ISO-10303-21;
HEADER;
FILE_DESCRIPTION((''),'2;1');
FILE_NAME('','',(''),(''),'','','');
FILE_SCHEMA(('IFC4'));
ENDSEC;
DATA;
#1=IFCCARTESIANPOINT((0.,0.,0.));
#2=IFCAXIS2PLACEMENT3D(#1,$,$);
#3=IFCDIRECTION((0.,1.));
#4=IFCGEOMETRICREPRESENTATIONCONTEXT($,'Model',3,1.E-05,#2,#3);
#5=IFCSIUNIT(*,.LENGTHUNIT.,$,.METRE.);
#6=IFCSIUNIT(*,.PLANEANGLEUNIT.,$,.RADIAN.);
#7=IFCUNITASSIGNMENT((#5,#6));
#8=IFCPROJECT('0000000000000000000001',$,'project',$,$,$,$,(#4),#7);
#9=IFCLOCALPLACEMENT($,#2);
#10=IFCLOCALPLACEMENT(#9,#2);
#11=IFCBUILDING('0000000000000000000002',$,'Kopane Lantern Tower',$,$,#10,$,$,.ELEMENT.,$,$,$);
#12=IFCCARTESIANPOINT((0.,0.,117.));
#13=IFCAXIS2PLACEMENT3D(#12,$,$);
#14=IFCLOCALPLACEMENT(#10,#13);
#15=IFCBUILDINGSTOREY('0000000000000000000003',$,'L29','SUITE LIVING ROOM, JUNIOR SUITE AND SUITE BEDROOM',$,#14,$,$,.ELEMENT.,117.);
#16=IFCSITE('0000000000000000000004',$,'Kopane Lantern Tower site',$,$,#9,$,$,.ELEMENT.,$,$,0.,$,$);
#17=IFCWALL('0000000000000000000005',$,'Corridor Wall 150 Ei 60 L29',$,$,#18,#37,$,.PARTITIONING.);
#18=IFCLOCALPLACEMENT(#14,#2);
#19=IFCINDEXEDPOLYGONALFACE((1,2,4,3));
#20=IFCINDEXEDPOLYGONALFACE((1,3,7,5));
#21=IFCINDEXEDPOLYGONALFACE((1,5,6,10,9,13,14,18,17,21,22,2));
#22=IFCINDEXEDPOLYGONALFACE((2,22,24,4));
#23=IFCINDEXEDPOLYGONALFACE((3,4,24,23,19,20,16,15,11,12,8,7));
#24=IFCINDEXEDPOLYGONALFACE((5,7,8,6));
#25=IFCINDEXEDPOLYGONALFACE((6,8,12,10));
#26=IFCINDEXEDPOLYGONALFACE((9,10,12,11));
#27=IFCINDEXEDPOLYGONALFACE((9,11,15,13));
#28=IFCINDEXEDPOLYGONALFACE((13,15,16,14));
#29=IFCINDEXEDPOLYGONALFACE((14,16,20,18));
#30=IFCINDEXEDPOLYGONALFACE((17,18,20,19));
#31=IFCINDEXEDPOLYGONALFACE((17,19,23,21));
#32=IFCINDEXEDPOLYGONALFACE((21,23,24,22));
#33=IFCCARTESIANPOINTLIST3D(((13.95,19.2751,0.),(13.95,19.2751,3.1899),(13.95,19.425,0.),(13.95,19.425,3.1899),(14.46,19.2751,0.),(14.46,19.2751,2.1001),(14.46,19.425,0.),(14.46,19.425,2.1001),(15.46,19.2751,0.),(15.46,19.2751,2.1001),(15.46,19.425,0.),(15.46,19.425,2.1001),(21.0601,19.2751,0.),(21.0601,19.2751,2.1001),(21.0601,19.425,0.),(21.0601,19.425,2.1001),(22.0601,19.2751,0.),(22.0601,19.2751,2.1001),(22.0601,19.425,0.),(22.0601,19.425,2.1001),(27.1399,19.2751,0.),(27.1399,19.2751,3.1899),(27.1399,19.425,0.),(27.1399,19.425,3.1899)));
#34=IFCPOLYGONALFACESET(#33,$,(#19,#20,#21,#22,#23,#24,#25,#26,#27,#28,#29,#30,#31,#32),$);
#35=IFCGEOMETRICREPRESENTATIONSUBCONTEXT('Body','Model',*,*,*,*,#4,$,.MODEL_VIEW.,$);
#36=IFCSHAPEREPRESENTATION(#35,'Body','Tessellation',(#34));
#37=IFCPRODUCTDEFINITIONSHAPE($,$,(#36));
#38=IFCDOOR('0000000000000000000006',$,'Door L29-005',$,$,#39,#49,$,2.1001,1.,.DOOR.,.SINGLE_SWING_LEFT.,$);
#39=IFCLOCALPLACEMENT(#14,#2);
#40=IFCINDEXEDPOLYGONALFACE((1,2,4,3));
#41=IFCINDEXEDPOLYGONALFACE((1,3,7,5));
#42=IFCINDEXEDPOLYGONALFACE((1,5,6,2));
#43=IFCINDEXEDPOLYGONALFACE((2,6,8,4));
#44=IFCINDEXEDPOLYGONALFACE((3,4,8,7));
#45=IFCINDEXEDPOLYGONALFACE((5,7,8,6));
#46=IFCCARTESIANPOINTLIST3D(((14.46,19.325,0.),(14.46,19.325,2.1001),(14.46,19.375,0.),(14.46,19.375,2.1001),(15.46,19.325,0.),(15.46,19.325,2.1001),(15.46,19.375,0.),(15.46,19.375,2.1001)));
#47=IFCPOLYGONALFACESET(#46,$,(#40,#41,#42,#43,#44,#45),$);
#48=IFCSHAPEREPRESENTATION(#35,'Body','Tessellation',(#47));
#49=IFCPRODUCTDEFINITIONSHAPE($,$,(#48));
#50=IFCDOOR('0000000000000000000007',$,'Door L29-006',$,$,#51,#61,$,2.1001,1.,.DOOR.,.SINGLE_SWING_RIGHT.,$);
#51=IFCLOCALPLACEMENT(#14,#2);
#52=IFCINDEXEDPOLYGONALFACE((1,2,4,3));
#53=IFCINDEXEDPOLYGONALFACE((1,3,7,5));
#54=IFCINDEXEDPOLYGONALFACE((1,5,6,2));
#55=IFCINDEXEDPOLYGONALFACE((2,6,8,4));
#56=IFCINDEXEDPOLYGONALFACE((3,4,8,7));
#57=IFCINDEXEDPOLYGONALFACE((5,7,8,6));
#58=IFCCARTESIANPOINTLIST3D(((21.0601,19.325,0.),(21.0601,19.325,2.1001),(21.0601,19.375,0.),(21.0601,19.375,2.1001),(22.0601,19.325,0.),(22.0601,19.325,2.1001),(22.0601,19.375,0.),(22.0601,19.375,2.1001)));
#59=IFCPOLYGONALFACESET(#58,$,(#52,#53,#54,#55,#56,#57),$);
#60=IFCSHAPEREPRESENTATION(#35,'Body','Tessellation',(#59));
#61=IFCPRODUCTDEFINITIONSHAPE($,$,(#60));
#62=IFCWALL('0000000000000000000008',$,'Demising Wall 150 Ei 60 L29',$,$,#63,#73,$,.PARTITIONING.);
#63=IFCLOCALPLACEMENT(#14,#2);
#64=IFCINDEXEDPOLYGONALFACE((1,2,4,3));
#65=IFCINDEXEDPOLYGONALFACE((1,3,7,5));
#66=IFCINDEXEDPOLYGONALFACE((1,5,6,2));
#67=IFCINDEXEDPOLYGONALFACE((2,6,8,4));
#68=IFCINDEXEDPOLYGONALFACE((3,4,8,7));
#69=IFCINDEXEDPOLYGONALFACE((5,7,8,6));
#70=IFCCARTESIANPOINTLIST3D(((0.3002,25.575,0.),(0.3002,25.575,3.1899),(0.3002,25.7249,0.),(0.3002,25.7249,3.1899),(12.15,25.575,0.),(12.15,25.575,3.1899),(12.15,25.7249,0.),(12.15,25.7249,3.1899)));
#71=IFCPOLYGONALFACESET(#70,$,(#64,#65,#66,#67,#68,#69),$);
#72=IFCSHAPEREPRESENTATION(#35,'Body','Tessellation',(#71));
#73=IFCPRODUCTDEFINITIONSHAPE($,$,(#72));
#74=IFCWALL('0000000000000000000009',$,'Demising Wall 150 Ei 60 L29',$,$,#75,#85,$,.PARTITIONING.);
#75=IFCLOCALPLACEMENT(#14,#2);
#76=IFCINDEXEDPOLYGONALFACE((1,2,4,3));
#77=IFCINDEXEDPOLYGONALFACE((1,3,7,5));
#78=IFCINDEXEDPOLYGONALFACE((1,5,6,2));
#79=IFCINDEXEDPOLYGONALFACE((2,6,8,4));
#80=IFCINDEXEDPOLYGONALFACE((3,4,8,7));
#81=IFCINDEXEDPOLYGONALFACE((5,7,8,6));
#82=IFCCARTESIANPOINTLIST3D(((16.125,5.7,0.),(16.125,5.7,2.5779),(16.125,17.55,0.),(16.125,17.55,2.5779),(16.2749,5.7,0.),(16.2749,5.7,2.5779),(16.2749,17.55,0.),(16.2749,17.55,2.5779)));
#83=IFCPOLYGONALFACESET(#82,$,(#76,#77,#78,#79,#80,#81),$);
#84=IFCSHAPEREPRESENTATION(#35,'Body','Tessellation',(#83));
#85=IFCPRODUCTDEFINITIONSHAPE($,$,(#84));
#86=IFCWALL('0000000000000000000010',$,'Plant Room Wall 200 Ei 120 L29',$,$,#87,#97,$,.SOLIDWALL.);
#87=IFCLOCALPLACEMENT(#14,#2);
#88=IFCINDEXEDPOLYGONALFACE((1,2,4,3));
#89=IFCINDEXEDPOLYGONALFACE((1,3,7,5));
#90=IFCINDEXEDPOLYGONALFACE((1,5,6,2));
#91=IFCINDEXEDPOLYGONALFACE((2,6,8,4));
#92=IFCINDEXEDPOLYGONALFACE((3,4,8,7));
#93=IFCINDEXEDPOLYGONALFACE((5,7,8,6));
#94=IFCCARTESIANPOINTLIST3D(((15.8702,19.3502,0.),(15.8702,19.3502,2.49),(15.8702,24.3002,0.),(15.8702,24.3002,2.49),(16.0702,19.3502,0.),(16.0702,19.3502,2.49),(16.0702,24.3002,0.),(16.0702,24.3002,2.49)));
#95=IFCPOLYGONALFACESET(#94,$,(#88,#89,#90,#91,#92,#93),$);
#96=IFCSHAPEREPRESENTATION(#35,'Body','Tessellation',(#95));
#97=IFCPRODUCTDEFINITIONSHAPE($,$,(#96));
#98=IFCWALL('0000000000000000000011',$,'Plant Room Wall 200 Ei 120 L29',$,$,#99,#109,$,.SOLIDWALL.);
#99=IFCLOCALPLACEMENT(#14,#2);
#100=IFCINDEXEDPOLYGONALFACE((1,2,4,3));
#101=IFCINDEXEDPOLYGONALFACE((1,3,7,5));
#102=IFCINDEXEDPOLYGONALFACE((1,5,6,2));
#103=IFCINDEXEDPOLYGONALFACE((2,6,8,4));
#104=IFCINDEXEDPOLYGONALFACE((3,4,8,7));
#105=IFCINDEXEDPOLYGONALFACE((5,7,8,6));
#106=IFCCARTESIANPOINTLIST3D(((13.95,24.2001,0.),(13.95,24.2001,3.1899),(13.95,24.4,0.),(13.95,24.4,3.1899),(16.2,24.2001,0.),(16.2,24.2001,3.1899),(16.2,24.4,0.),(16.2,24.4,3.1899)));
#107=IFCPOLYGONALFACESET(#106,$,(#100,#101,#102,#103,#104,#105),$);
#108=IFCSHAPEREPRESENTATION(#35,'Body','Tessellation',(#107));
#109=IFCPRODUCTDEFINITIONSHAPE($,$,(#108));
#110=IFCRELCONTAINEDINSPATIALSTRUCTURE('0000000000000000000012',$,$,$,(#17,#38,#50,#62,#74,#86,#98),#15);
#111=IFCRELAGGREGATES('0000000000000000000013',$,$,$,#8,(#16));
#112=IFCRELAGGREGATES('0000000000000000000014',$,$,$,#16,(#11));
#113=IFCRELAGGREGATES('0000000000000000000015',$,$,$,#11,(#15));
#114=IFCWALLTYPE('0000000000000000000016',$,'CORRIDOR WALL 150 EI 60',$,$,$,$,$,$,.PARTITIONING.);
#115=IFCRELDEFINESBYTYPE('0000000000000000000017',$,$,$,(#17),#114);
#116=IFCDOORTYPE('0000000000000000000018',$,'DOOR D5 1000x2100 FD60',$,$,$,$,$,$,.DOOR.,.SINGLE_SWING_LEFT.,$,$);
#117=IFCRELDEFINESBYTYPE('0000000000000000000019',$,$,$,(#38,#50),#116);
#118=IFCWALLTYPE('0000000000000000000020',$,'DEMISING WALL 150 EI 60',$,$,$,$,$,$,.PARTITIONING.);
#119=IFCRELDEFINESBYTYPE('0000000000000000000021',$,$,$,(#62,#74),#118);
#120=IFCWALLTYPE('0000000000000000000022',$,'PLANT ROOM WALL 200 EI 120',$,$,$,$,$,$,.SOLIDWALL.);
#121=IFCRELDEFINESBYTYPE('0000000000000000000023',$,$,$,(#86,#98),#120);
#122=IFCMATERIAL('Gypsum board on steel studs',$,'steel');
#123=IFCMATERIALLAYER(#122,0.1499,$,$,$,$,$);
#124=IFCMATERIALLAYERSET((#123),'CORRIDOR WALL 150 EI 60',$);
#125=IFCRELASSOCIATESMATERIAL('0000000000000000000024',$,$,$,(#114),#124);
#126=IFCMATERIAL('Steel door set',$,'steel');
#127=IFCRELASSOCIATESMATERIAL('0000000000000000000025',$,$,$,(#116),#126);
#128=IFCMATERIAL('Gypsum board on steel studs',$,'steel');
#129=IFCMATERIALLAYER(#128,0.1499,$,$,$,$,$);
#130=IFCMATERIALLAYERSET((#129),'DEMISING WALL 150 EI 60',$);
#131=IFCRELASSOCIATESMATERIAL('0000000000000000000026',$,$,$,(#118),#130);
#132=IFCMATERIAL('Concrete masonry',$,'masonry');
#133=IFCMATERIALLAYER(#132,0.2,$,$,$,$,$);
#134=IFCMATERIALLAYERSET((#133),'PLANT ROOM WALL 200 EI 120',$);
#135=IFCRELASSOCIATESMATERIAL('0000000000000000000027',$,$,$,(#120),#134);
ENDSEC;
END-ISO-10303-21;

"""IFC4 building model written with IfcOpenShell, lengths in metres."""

from ifc_helpers import new_model, si_unit, direction, frame, frame_2d, origin, place, context, subcontext, project, spatial, rectangle, extrude, material, layer, layer_set, type_object, element, fill, save


model = new_model("IFC4")

# Units and contexts
model_context = context("Model", 3, precision=1e-05, world=origin(), true_north=direction((0.0, 1.0)))
body_context = subcontext(model_context, "Body", "Model", "MODEL_VIEW")
ifc_project = project(units=[si_unit("LENGTHUNIT", "METRE"), si_unit("PLANEANGLEUNIT", "RADIAN")], contexts=[model_context])

# Site, building, storey
site_placement = place(None, origin())
site = spatial("IfcSite", under=ifc_project, at=site_placement, Name="Kopane Lantern Tower site", CompositionType="ELEMENT", RefElevation=0.0)
building_placement = place(site_placement, origin())
building = spatial("IfcBuilding", under=site, at=building_placement, Name="Kopane Lantern Tower", CompositionType="ELEMENT")
storey_placement = place(building_placement, frame((0.0, 0.0, 117.0)))
storey = spatial("IfcBuildingStorey", under=building, at=storey_placement, Name="L29", Description="SUITE LIVING ROOM, JUNIOR SUITE AND SUITE BEDROOM", CompositionType="ELEMENT", Elevation=117.0)

# Wall, openings, doors
ifc_material_1 = material(Name="Gypsum board on steel studs", Category="steel")
ifc_layer_1 = layer(ifc_material_1, 0.1499)
ifc_layer_set_1 = layer_set([ifc_layer_1], Name="CORRIDOR WALL 150 EI 60")
wall_type_1 = type_object("IfcWallType", Name="CORRIDOR WALL 150 EI 60", PredefinedType="PARTITIONING", material=ifc_layer_set_1)
wall_1_placement = place(storey_placement, frame((13.95, 19.3501, 0.0), z_axis=(0.0, 0.0, 1.0), x_axis=(1.0, 0.0, 0.0)))
wall_1 = element("IfcWall", 1, at=wall_1_placement, inside=storey, type_object=wall_type_1, Name="Corridor Wall 150 Ei 60 L29", PredefinedType="PARTITIONING", context=body_context, shape_type="SweptSolid", body=[
    extrude(rectangle(XDim=13.1899, YDim=0.1499, at=frame_2d((6.595, 0.0))), origin(), (0.0, 0.0, 1.0), 3.1899),
])
opening_1_placement = place(wall_1_placement, frame((0.51, 0.0, 0.0)))
opening_1 = element("IfcOpeningElement", 2, at=opening_1_placement, cuts=wall_1, PredefinedType="OPENING", context=body_context, shape_type="SweptSolid", body=[
    extrude(rectangle(XDim=1.0, YDim=2.1001, at=frame_2d((0.5, 1.05))), frame((0.0, 0.085, 0.0), z_axis=(0.0, -1.0, 0.0), x_axis=(1.0, 0.0, 0.0)), (0.0, 0.0, 1.0), 0.1699),
])
opening_2_placement = place(wall_1_placement, frame((7.1101, 0.0, 0.0)))
opening_2 = element("IfcOpeningElement", 3, at=opening_2_placement, cuts=wall_1, PredefinedType="OPENING", context=body_context, shape_type="SweptSolid", body=[
    extrude(rectangle(XDim=1.0, YDim=2.1001, at=frame_2d((0.5, 1.05))), frame((0.0, 0.085, 0.0), z_axis=(0.0, -1.0, 0.0), x_axis=(1.0, 0.0, 0.0)), (0.0, 0.0, 1.0), 0.1699),
])
ifc_material_2 = material(Name="Steel door set", Category="steel")
door_type_1 = type_object("IfcDoorType", Name="DOOR D5 1000x2100 FD60", OperationType="SINGLE_SWING_LEFT", PredefinedType="DOOR", material=ifc_material_2)
door_1_placement = place(opening_1_placement, origin())
door_1 = element("IfcDoor", 4, at=door_1_placement, inside=storey, type_object=door_type_1, Name="Door L29-005", OperationType="SINGLE_SWING_LEFT", OverallHeight=2.1001, OverallWidth=1.0, PredefinedType="DOOR", context=body_context, shape_type="SweptSolid", body=[
    extrude(rectangle(XDim=1.0, YDim=2.1001, at=frame_2d((0.5, 1.05))), frame((0.0, 0.0249, 0.0), z_axis=(0.0, -1.0, 0.0), x_axis=(1.0, 0.0, 0.0)), (0.0, 0.0, 1.0), 0.05),
])
fill(opening_1, door_1)
door_2_placement = place(opening_2_placement, origin())
door_2 = element("IfcDoor", 5, at=door_2_placement, inside=storey, type_object=door_type_1, Name="Door L29-006", OperationType="SINGLE_SWING_RIGHT", OverallHeight=2.1001, OverallWidth=1.0, PredefinedType="DOOR", context=body_context, shape_type="SweptSolid", body=[
    extrude(rectangle(XDim=1.0, YDim=2.1001, at=frame_2d((0.5, 1.05))), frame((0.0, 0.0249, 0.0), z_axis=(0.0, -1.0, 0.0), x_axis=(1.0, 0.0, 0.0)), (0.0, 0.0, 1.0), 0.05),
])
fill(opening_2, door_2)

# Walls
ifc_material_3 = material(Name="Gypsum board on steel studs", Category="steel")
ifc_layer_2 = layer(ifc_material_3, 0.1499)
ifc_layer_set_2 = layer_set([ifc_layer_2], Name="DEMISING WALL 150 EI 60")
wall_type_2 = type_object("IfcWallType", Name="DEMISING WALL 150 EI 60", PredefinedType="PARTITIONING", material=ifc_layer_set_2)
wall_2_placement = place(storey_placement, frame((12.1499, 25.6499, 0.0), z_axis=(0.0, 0.0, 1.0), x_axis=(-1.0, 0.0, 0.0)))
element("IfcWall", 6, at=wall_2_placement, inside=storey, type_object=wall_type_2, Name="Demising Wall 150 Ei 60 L29", PredefinedType="PARTITIONING", context=body_context, shape_type="SweptSolid", body=[
    extrude(rectangle(XDim=11.8499, YDim=0.1499, at=frame_2d((5.9248, 0.0))), origin(), (0.0, 0.0, 1.0), 3.1899),
])
wall_3_placement = place(storey_placement, frame((16.2, 17.55, 0.0), z_axis=(0.0, 0.0, 1.0), x_axis=(0.0, -1.0, 0.0)))
element("IfcWall", 7, at=wall_3_placement, inside=storey, type_object=wall_type_2, Name="Demising Wall 150 Ei 60 L29", PredefinedType="PARTITIONING", context=body_context, shape_type="SweptSolid", body=[
    extrude(rectangle(XDim=11.8501, YDim=0.1499, at=frame_2d((5.925, 0.0))), origin(), (0.0, 0.0, 1.0), 2.5779),
])
ifc_material_4 = material(Name="Concrete masonry", Category="masonry")
ifc_layer_3 = layer(ifc_material_4, 0.2)
ifc_layer_set_3 = layer_set([ifc_layer_3], Name="PLANT ROOM WALL 200 EI 120")
wall_type_3 = type_object("IfcWallType", Name="PLANT ROOM WALL 200 EI 120", PredefinedType="SOLIDWALL", material=ifc_layer_set_3)
wall_4_placement = place(storey_placement, frame((15.9702, 19.3501, 0.0), z_axis=(0.0, 0.0, 1.0), x_axis=(0.0, 1.0, 0.0)))
element("IfcWall", 8, at=wall_4_placement, inside=storey, type_object=wall_type_3, Name="Plant Room Wall 200 Ei 120 L29", PredefinedType="SOLIDWALL", context=body_context, shape_type="SweptSolid", body=[
    extrude(rectangle(XDim=4.95, YDim=0.2, at=frame_2d((2.4751, 0.0))), origin(), (0.0, 0.0, 1.0), 2.49),
])
wall_5_placement = place(storey_placement, frame((13.95, 24.3, 0.0), z_axis=(0.0, 0.0, 1.0), x_axis=(1.0, 0.0, 0.0)))
element("IfcWall", 9, at=wall_5_placement, inside=storey, type_object=wall_type_3, Name="Plant Room Wall 200 Ei 120 L29", PredefinedType="SOLIDWALL", context=body_context, shape_type="SweptSolid", body=[
    extrude(rectangle(XDim=2.25, YDim=0.2, at=frame_2d((1.125, 0.0))), origin(), (0.0, 0.0, 1.0), 3.1899),
])

save(model, "model.ifc")
